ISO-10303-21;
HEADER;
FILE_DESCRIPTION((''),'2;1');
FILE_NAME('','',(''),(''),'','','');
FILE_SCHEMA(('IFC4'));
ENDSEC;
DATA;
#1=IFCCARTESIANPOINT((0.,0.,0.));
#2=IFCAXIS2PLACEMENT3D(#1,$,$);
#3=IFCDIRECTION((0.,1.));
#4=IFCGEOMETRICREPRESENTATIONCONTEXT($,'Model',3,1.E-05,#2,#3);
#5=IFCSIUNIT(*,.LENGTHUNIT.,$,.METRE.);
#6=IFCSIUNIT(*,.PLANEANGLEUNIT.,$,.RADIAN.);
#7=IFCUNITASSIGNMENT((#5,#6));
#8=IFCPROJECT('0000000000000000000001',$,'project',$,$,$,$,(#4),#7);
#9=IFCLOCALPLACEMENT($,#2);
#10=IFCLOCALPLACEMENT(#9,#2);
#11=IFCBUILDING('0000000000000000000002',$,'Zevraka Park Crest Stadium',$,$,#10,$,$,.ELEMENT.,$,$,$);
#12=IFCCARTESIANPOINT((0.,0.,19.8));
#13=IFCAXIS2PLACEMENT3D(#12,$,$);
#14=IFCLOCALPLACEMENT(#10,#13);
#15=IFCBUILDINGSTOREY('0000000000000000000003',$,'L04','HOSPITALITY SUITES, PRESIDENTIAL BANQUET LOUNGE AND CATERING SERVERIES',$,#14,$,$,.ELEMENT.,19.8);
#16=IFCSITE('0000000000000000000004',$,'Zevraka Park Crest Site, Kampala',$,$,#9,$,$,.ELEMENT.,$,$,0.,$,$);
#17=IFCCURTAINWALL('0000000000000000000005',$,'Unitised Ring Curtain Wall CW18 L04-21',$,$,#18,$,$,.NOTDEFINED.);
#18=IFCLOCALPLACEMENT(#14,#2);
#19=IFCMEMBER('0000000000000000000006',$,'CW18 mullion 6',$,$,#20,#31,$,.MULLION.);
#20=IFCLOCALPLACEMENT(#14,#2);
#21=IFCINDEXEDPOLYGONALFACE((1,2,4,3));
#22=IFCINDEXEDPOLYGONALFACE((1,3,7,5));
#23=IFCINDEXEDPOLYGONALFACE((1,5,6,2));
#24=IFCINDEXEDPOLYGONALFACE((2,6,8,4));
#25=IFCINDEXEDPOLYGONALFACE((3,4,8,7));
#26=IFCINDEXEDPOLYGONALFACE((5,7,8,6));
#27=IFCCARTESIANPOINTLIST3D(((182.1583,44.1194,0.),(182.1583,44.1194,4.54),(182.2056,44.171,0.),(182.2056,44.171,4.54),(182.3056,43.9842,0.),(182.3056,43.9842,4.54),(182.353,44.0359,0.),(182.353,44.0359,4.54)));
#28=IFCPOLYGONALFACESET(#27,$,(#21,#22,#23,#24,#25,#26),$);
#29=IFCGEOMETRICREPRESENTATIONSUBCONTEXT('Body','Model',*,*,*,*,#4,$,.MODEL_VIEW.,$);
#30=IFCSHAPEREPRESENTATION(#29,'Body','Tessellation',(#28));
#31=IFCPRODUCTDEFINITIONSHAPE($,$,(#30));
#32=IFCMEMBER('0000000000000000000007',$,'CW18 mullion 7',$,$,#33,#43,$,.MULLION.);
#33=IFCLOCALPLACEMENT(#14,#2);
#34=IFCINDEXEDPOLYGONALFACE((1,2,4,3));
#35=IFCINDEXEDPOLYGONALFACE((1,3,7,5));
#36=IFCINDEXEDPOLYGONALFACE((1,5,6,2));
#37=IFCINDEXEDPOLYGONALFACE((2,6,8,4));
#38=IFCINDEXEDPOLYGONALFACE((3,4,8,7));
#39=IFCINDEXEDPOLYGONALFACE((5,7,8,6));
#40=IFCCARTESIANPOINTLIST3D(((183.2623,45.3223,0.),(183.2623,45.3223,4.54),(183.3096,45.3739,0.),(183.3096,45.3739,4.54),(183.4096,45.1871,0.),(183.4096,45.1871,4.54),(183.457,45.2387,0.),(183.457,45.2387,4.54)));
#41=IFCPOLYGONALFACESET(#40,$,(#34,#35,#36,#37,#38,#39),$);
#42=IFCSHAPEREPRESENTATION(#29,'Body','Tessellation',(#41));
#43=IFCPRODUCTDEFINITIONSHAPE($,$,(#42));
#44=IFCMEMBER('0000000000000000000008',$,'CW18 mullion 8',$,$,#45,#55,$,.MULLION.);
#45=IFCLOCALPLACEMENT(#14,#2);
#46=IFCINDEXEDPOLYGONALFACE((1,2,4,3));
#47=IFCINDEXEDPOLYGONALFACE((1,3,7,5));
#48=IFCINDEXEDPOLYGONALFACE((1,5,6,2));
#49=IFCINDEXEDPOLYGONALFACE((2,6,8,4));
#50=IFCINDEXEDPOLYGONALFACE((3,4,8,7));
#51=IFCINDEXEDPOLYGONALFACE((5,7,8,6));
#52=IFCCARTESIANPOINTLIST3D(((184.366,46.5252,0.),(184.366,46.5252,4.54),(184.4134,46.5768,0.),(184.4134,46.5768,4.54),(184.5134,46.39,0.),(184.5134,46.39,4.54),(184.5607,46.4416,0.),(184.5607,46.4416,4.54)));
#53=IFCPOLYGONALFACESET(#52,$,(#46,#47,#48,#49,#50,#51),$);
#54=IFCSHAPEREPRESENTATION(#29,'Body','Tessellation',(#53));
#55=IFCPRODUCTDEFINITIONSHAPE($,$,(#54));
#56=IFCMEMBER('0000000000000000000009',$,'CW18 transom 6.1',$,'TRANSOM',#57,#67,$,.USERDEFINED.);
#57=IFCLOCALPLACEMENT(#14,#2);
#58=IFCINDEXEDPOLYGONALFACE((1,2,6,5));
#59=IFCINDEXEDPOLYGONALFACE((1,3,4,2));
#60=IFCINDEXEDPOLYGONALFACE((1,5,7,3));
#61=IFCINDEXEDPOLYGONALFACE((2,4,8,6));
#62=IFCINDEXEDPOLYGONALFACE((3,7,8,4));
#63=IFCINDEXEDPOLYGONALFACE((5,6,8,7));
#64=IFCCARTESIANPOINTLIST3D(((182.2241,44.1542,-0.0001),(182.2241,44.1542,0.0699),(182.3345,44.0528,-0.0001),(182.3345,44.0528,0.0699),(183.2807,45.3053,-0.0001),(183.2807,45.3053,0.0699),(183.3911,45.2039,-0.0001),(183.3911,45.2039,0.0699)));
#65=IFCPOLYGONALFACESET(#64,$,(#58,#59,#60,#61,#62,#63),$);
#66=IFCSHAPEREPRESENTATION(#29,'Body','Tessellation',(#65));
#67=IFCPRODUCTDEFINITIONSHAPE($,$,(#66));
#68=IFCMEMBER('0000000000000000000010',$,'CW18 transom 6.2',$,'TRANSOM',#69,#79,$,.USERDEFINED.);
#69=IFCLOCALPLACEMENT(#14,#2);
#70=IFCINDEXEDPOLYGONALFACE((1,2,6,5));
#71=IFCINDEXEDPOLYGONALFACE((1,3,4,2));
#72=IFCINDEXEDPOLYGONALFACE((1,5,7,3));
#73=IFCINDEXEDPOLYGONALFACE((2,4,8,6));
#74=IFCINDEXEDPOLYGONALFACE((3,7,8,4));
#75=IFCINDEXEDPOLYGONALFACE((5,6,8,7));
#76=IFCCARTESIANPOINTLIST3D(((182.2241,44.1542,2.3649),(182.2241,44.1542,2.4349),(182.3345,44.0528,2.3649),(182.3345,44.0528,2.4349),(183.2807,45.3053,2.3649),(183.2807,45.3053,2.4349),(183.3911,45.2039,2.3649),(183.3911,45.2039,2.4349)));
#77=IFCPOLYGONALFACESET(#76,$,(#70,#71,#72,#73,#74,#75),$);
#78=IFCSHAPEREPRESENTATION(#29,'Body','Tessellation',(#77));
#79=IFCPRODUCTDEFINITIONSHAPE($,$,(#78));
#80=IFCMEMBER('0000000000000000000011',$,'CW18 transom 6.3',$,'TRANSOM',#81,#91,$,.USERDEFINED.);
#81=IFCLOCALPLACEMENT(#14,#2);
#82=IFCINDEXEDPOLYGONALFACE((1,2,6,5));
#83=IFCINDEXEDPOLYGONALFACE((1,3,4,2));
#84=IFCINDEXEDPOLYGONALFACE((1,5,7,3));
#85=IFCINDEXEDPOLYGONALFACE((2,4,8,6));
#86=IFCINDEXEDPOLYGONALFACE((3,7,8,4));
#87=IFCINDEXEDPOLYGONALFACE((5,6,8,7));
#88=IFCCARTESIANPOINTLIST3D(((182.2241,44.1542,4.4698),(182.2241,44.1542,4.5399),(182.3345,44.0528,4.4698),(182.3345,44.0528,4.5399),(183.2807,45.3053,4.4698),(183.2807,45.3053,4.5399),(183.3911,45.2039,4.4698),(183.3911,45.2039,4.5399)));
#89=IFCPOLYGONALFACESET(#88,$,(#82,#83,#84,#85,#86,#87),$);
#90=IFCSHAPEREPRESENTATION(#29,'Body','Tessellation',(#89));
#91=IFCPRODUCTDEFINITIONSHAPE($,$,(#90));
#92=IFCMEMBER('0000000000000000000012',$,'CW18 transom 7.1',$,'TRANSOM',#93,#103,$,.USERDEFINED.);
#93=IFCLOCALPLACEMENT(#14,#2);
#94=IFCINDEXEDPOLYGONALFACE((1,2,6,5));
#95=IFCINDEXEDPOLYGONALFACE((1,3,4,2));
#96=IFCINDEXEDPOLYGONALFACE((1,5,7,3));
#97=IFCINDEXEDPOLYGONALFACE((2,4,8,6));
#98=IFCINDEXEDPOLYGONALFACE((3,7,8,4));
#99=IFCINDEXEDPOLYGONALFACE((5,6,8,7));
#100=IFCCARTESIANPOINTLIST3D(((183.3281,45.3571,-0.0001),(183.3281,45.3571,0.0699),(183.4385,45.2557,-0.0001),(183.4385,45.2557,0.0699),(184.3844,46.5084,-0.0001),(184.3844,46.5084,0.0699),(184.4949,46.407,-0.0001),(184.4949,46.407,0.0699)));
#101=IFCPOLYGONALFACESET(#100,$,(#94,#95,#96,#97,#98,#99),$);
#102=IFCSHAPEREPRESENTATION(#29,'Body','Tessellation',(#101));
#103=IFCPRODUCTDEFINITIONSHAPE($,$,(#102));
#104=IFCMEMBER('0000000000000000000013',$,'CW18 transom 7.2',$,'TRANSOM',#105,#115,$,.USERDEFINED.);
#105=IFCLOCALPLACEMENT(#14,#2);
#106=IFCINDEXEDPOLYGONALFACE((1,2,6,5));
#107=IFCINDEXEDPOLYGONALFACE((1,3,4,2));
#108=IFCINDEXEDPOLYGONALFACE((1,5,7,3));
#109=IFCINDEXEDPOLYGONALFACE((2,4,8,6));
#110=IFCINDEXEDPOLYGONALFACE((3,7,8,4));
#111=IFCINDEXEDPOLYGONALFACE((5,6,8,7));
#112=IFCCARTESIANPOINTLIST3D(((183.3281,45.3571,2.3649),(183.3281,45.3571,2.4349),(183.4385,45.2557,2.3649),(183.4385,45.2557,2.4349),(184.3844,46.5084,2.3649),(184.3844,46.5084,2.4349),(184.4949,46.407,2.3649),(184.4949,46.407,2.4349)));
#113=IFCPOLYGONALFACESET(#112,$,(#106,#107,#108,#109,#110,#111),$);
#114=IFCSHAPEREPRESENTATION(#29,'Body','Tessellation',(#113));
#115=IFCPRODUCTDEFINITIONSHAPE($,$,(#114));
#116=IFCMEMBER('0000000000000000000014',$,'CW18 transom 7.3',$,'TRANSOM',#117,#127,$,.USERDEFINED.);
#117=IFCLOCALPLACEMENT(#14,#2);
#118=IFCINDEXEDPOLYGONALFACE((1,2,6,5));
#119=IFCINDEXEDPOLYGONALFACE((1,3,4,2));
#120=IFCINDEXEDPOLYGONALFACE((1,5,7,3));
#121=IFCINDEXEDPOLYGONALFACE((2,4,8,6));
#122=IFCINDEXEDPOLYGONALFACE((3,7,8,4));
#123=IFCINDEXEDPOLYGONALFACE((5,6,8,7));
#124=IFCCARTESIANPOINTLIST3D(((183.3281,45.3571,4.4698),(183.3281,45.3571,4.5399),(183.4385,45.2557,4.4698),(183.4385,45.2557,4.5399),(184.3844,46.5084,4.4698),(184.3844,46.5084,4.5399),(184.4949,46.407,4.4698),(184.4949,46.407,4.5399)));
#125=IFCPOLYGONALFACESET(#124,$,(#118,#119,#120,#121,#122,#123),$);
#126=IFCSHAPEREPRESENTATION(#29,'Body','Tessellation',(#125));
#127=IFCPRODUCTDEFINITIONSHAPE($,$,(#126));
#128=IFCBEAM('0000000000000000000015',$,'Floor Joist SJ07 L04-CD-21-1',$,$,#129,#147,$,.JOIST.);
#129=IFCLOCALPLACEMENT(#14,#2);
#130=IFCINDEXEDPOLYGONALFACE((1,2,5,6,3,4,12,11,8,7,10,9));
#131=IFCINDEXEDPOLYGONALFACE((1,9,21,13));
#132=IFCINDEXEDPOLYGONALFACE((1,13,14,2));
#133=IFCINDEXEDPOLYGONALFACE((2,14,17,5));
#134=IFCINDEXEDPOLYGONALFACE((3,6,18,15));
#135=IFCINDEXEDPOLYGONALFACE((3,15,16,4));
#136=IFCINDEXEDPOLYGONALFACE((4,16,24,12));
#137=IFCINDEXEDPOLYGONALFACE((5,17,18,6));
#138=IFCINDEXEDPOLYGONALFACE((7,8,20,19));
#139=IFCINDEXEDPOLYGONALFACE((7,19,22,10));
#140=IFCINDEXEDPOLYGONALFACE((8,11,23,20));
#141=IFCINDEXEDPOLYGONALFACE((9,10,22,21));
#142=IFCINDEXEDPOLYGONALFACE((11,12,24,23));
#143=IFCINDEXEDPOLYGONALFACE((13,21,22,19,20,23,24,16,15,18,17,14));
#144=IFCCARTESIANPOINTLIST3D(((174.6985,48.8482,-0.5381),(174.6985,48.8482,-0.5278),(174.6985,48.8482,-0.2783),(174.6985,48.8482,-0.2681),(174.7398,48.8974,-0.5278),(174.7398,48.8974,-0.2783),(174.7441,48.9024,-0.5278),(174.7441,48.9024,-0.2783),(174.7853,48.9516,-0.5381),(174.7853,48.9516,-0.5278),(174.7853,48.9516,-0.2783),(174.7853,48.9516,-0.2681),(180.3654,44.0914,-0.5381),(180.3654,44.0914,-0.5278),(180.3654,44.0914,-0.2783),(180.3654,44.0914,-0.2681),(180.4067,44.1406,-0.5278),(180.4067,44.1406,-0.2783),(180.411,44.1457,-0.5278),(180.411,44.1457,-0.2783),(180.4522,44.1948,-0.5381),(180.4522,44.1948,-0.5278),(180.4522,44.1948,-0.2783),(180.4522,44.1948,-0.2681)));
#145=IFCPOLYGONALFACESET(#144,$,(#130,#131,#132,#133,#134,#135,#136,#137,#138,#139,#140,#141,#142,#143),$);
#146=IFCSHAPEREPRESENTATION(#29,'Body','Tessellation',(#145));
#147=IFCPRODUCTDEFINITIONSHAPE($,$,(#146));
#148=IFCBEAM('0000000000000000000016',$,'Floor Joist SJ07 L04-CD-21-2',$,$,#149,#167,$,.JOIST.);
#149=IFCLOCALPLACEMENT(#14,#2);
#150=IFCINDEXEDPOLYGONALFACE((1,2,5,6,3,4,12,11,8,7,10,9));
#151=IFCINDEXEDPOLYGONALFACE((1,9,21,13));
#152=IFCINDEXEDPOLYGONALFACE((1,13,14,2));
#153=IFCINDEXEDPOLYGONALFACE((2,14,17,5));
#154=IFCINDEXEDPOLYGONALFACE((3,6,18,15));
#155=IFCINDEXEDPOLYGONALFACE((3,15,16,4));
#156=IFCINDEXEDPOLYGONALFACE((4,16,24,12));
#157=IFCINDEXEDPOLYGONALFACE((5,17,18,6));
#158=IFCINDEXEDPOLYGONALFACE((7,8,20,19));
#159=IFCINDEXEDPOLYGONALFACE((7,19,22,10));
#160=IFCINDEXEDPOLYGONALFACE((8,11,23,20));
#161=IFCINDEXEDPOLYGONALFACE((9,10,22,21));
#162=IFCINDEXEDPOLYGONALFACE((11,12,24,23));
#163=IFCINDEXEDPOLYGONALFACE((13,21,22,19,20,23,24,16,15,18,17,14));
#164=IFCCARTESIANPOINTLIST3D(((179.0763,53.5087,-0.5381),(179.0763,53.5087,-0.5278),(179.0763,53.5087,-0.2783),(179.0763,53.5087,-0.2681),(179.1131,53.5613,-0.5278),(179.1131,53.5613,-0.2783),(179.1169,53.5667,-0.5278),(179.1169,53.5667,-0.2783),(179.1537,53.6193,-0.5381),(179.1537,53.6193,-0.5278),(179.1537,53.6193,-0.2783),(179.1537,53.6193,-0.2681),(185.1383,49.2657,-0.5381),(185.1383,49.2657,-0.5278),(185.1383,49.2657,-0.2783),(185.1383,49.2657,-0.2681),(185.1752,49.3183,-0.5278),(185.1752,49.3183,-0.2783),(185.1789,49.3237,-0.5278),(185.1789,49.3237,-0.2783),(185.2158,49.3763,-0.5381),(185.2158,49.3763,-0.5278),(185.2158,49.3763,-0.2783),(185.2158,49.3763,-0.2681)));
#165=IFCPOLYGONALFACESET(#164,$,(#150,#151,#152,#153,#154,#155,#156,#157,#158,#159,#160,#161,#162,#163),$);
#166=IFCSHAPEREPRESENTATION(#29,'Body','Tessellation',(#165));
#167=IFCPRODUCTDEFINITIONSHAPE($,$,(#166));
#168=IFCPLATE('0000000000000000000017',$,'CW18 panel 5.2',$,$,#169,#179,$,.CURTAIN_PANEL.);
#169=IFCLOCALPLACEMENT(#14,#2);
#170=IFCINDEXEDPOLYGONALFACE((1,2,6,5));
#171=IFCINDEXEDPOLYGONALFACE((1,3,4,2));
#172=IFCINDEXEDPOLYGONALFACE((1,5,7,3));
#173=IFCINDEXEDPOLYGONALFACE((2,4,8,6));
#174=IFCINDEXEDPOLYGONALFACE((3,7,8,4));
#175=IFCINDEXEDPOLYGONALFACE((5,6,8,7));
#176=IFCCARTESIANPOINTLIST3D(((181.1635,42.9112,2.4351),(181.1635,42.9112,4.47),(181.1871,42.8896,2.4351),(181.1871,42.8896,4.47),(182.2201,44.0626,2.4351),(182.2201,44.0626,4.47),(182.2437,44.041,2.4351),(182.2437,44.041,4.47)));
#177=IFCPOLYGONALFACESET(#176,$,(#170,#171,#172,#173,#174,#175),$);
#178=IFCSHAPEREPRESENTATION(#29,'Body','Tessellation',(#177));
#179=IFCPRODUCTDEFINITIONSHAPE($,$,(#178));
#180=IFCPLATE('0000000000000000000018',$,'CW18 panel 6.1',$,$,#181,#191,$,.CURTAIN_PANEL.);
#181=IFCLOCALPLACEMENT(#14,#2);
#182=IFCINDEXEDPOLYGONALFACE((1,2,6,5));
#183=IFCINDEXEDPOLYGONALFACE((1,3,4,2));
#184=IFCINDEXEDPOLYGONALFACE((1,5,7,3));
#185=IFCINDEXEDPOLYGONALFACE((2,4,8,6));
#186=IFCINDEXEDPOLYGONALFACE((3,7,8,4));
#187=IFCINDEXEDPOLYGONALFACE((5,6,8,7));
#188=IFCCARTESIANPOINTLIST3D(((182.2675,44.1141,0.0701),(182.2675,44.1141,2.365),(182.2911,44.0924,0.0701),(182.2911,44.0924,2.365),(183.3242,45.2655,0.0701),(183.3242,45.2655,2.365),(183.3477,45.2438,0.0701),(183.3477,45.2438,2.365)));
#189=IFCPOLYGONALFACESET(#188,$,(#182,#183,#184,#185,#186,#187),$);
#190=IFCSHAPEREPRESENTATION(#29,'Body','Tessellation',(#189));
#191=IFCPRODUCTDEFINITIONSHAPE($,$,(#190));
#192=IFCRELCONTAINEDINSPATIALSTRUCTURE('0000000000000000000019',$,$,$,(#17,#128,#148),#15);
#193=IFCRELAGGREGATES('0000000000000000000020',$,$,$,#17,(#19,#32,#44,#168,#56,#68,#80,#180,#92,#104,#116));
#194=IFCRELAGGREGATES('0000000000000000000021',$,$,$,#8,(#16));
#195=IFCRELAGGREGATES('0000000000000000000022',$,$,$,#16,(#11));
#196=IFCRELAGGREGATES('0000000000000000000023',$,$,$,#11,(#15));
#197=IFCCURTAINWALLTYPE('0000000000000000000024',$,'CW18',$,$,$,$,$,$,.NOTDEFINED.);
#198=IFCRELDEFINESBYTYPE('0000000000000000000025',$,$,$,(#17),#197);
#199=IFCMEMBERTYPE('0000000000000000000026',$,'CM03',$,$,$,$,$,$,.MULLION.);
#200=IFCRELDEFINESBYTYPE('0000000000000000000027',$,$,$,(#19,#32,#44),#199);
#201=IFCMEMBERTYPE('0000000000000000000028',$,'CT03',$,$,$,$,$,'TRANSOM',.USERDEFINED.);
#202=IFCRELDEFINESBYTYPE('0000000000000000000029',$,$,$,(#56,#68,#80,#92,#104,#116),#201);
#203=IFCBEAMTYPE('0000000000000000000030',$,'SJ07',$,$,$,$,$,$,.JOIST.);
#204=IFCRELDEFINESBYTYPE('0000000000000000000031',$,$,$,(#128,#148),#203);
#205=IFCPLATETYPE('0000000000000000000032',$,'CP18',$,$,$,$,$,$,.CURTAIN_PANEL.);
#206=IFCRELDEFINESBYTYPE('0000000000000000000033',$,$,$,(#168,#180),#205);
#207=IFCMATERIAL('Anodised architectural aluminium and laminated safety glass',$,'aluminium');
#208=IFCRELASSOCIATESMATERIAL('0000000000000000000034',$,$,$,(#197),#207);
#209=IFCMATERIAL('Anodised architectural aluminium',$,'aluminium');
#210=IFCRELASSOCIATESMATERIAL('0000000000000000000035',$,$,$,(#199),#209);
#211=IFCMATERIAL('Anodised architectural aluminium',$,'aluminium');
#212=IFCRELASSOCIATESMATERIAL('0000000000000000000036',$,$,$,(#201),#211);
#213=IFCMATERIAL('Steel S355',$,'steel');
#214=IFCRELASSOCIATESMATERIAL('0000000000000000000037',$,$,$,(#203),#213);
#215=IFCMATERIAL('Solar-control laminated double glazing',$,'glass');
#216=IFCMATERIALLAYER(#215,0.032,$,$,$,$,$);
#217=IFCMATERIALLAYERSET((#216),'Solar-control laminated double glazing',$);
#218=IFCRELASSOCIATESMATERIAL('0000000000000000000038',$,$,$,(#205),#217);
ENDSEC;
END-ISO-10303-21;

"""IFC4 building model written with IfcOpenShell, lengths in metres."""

from ifc_helpers import new_model, si_unit, direction, frame, origin, origin_2d, place, context, subcontext, project, spatial, rectangle, i_section, extrude, material, layer, layer_set, material_profile, profile_set, type_object, element, aggregate, save


model = new_model("IFC4")

# Units and contexts
model_context = context("Model", 3, precision=1e-05, world=origin(), true_north=direction((0.0, 1.0)))
body_context = subcontext(model_context, "Body", "Model", "MODEL_VIEW")
ifc_project = project(units=[si_unit("LENGTHUNIT", "METRE"), si_unit("PLANEANGLEUNIT", "RADIAN")], contexts=[model_context])

# Site, building, storey
site_placement = place(None, origin())
site = spatial("IfcSite", under=ifc_project, at=site_placement, Name="Zevraka Park Crest Site, Kampala", CompositionType="ELEMENT", RefElevation=0.0)
building_placement = place(site_placement, origin())
building = spatial("IfcBuilding", under=site, at=building_placement, Name="Zevraka Park Crest Stadium", CompositionType="ELEMENT")
storey_placement = place(building_placement, frame((0.0, 0.0, 19.8)))
storey = spatial("IfcBuildingStorey", under=building, at=storey_placement, Name="L04", Description="HOSPITALITY SUITES, PRESIDENTIAL BANQUET LOUNGE AND CATERING SERVERIES", CompositionType="ELEMENT", Elevation=19.8)

# Curtain wall, members
ifc_material_1 = material(Name="Anodised architectural aluminium and laminated safety glass", Category="aluminium")
curtain_wall_type = type_object("IfcCurtainWallType", Name="CW18", PredefinedType="NOTDEFINED", material=ifc_material_1)
curtain_wall_placement = place(storey_placement, origin())
curtain_wall = element("IfcCurtainWall", 1, at=curtain_wall_placement, inside=storey, type_object=curtain_wall_type, Name="Unitised Ring Curtain Wall CW18 L04-21", PredefinedType="NOTDEFINED")
ifc_material_2 = material(Name="Anodised architectural aluminium", Category="aluminium")
ifc_material_profile_1 = material_profile(ifc_material_2, rectangle(XDim=0.2, YDim=0.0701, at=origin_2d()), Name="ALU MULLION 200x70")
ifc_profile_set_1 = profile_set([ifc_material_profile_1], Name="Anodised architectural aluminium")
member_type_1 = type_object("IfcMemberType", Name="CM03", PredefinedType="MULLION", material=ifc_profile_set_1)
member_1_placement = place(storey_placement, frame((182.2556, 44.0776, 0.0), z_axis=(0.0, 0.0, 1.0), x_axis=(-0.736775, 0.676138, 0.0)))
member_1 = element("IfcMember", 2, at=member_1_placement, type_object=member_type_1, Name="CW18 mullion 6", PredefinedType="MULLION", context=body_context, shape_type="SweptSolid", body=[
    extrude(rectangle(XDim=0.2, YDim=0.0701, at=origin_2d()), origin(), (0.0, 0.0, 1.0), 4.54),
])
member_2_placement = place(storey_placement, frame((183.3596, 45.2805, 0.0), z_axis=(0.0, 0.0, 1.0), x_axis=(-0.736775, 0.676138, 0.0)))
member_2 = element("IfcMember", 3, at=member_2_placement, type_object=member_type_1, Name="CW18 mullion 7", PredefinedType="MULLION", context=body_context, shape_type="SweptSolid", body=[
    extrude(rectangle(XDim=0.2, YDim=0.0701, at=origin_2d()), origin(), (0.0, 0.0, 1.0), 4.54),
])
member_3_placement = place(storey_placement, frame((184.4634, 46.4834, 0.0), z_axis=(0.0, 0.0, 1.0), x_axis=(-0.736775, 0.676138, 0.0)))
member_3 = element("IfcMember", 4, at=member_3_placement, type_object=member_type_1, Name="CW18 mullion 8", PredefinedType="MULLION", context=body_context, shape_type="SweptSolid", body=[
    extrude(rectangle(XDim=0.2, YDim=0.0701, at=origin_2d()), origin(), (0.0, 0.0, 1.0), 4.54),
])
ifc_material_3 = material(Name="Anodised architectural aluminium", Category="aluminium")
ifc_material_profile_2 = material_profile(ifc_material_3, rectangle(XDim=0.1499, YDim=0.0701, at=origin_2d()), Name="ALU TRANSOM 150x70")
ifc_profile_set_2 = profile_set([ifc_material_profile_2], Name="Anodised architectural aluminium")
member_type_2 = type_object("IfcMemberType", Name="CT03", ElementType="TRANSOM", PredefinedType="USERDEFINED", material=ifc_profile_set_2)
member_4_placement = place(storey_placement, frame((182.2793, 44.1035, 0.0349), z_axis=(0.676227, 0.736693, 0.0), x_axis=(-0.736693, 0.676227, 0.0)))
member_4 = element("IfcMember", 5, at=member_4_placement, type_object=member_type_2, Name="CW18 transom 6.1", ObjectType="TRANSOM", PredefinedType="USERDEFINED", context=body_context, shape_type="SweptSolid", body=[
    extrude(rectangle(XDim=0.1499, YDim=0.0701, at=origin_2d()), origin(), (0.0, 0.0, 1.0), 1.5625),
])
member_5_placement = place(storey_placement, frame((182.2793, 44.1035, 2.3999), z_axis=(0.676227, 0.736693, 0.0), x_axis=(-0.736693, 0.676227, 0.0)))
member_5 = element("IfcMember", 6, at=member_5_placement, type_object=member_type_2, Name="CW18 transom 6.2", ObjectType="TRANSOM", PredefinedType="USERDEFINED", context=body_context, shape_type="SweptSolid", body=[
    extrude(rectangle(XDim=0.1499, YDim=0.0701, at=origin_2d()), origin(), (0.0, 0.0, 1.0), 1.5625),
])
member_6_placement = place(storey_placement, frame((182.2793, 44.1035, 4.5049), z_axis=(0.676227, 0.736693, 0.0), x_axis=(-0.736693, 0.676227, 0.0)))
member_6 = element("IfcMember", 7, at=member_6_placement, type_object=member_type_2, Name="CW18 transom 6.3", ObjectType="TRANSOM", PredefinedType="USERDEFINED", context=body_context, shape_type="SweptSolid", body=[
    extrude(rectangle(XDim=0.1499, YDim=0.0701, at=origin_2d()), origin(), (0.0, 0.0, 1.0), 1.5625),
])
member_7_placement = place(storey_placement, frame((183.3833, 45.3064, 0.0349), z_axis=(0.676064, 0.736843, 0.0), x_axis=(-0.736843, 0.676064, 0.0)))
member_7 = element("IfcMember", 8, at=member_7_placement, type_object=member_type_2, Name="CW18 transom 7.1", ObjectType="TRANSOM", PredefinedType="USERDEFINED", context=body_context, shape_type="SweptSolid", body=[
    extrude(rectangle(XDim=0.1499, YDim=0.0701, at=origin_2d()), origin(), (0.0, 0.0, 1.0), 1.5625),
])
member_8_placement = place(storey_placement, frame((183.3833, 45.3064, 2.3999), z_axis=(0.676064, 0.736843, 0.0), x_axis=(-0.736843, 0.676064, 0.0)))
member_8 = element("IfcMember", 9, at=member_8_placement, type_object=member_type_2, Name="CW18 transom 7.2", ObjectType="TRANSOM", PredefinedType="USERDEFINED", context=body_context, shape_type="SweptSolid", body=[
    extrude(rectangle(XDim=0.1499, YDim=0.0701, at=origin_2d()), origin(), (0.0, 0.0, 1.0), 1.5625),
])
member_9_placement = place(storey_placement, frame((183.3833, 45.3064, 4.5049), z_axis=(0.676064, 0.736843, 0.0), x_axis=(-0.736843, 0.676064, 0.0)))
member_9 = element("IfcMember", 10, at=member_9_placement, type_object=member_type_2, Name="CW18 transom 7.3", ObjectType="TRANSOM", PredefinedType="USERDEFINED", context=body_context, shape_type="SweptSolid", body=[
    extrude(rectangle(XDim=0.1499, YDim=0.0701, at=origin_2d()), origin(), (0.0, 0.0, 1.0), 1.5625),
])

# Beams
ifc_material_4 = material(Name="Steel S355", Category="steel")
ifc_material_profile_3 = material_profile(ifc_material_4, i_section(OverallWidth=0.135, OverallDepth=0.27, WebThickness=0.0066, FlangeThickness=0.0103, at=origin_2d()), Name="IPE 270")
ifc_profile_set_3 = profile_set([ifc_material_profile_3], Name="Steel S355")
beam_type = type_object("IfcBeamType", Name="SJ07", PredefinedType="JOIST", material=ifc_profile_set_3)
beam_1_placement = place(storey_placement, frame((174.7419, 48.8999, -0.4031), z_axis=(0.765934, -0.64292, 0.0), x_axis=(0.64292, 0.765934, 0.0)))
element("IfcBeam", 11, at=beam_1_placement, inside=storey, type_object=beam_type, Name="Floor Joist SJ07 L04-CD-21-1", PredefinedType="JOIST", context=body_context, shape_type="SweptSolid", body=[
    extrude(i_section(OverallWidth=0.135, OverallDepth=0.27, WebThickness=0.0066, FlangeThickness=0.0103, at=origin_2d()), origin(), (0.0, 0.0, 1.0), 7.3987),
])
beam_2_placement = place(storey_placement, frame((179.115, 53.564, -0.4031), z_axis=(0.819263, -0.573418, 0.0), x_axis=(0.573418, 0.819263, 0.0)))
element("IfcBeam", 12, at=beam_2_placement, inside=storey, type_object=beam_type, Name="Floor Joist SJ07 L04-CD-21-2", PredefinedType="JOIST", context=body_context, shape_type="SweptSolid", body=[
    extrude(i_section(OverallWidth=0.135, OverallDepth=0.27, WebThickness=0.0066, FlangeThickness=0.0103, at=origin_2d()), origin(), (0.0, 0.0, 1.0), 7.3994),
])

# Plates
ifc_material_5 = material(Name="Solar-control laminated double glazing", Category="glass")
ifc_layer_1 = layer(ifc_material_5, 0.032)
ifc_layer_set_1 = layer_set([ifc_layer_1], Name="Solar-control laminated double glazing")
plate_type = type_object("IfcPlateType", Name="CP18", PredefinedType="CURTAIN_PANEL", material=ifc_layer_set_1)
plate_1_placement = place(storey_placement, frame((181.7036, 43.4761, 2.4351), z_axis=(0.0, 0.0, 1.0), x_axis=(0.676138, 0.736775, 0.0)))
plate_1 = element("IfcPlate", 13, at=plate_1_placement, type_object=plate_type, Name="CW18 panel 5.2", PredefinedType="CURTAIN_PANEL", context=body_context, shape_type="SweptSolid", body=[
    extrude(rectangle(XDim=1.5627, YDim=0.032, at=origin_2d()), origin(), (0.0, 0.0, 1.0), 2.0349),
])
plate_2_placement = place(storey_placement, frame((182.8076, 44.679, 0.0701), z_axis=(0.0, 0.0, 1.0), x_axis=(0.676138, 0.736775, 0.0)))
plate_2 = element("IfcPlate", 14, at=plate_2_placement, type_object=plate_type, Name="CW18 panel 6.1", PredefinedType="CURTAIN_PANEL", context=body_context, shape_type="SweptSolid", body=[
    extrude(rectangle(XDim=1.5627, YDim=0.032, at=origin_2d()), origin(), (0.0, 0.0, 1.0), 2.2949),
])
aggregate(curtain_wall, [member_1, member_2, member_3, plate_1, member_4, member_5, member_6, plate_2, member_7, member_8, member_9])

save(model, "model.ifc")
